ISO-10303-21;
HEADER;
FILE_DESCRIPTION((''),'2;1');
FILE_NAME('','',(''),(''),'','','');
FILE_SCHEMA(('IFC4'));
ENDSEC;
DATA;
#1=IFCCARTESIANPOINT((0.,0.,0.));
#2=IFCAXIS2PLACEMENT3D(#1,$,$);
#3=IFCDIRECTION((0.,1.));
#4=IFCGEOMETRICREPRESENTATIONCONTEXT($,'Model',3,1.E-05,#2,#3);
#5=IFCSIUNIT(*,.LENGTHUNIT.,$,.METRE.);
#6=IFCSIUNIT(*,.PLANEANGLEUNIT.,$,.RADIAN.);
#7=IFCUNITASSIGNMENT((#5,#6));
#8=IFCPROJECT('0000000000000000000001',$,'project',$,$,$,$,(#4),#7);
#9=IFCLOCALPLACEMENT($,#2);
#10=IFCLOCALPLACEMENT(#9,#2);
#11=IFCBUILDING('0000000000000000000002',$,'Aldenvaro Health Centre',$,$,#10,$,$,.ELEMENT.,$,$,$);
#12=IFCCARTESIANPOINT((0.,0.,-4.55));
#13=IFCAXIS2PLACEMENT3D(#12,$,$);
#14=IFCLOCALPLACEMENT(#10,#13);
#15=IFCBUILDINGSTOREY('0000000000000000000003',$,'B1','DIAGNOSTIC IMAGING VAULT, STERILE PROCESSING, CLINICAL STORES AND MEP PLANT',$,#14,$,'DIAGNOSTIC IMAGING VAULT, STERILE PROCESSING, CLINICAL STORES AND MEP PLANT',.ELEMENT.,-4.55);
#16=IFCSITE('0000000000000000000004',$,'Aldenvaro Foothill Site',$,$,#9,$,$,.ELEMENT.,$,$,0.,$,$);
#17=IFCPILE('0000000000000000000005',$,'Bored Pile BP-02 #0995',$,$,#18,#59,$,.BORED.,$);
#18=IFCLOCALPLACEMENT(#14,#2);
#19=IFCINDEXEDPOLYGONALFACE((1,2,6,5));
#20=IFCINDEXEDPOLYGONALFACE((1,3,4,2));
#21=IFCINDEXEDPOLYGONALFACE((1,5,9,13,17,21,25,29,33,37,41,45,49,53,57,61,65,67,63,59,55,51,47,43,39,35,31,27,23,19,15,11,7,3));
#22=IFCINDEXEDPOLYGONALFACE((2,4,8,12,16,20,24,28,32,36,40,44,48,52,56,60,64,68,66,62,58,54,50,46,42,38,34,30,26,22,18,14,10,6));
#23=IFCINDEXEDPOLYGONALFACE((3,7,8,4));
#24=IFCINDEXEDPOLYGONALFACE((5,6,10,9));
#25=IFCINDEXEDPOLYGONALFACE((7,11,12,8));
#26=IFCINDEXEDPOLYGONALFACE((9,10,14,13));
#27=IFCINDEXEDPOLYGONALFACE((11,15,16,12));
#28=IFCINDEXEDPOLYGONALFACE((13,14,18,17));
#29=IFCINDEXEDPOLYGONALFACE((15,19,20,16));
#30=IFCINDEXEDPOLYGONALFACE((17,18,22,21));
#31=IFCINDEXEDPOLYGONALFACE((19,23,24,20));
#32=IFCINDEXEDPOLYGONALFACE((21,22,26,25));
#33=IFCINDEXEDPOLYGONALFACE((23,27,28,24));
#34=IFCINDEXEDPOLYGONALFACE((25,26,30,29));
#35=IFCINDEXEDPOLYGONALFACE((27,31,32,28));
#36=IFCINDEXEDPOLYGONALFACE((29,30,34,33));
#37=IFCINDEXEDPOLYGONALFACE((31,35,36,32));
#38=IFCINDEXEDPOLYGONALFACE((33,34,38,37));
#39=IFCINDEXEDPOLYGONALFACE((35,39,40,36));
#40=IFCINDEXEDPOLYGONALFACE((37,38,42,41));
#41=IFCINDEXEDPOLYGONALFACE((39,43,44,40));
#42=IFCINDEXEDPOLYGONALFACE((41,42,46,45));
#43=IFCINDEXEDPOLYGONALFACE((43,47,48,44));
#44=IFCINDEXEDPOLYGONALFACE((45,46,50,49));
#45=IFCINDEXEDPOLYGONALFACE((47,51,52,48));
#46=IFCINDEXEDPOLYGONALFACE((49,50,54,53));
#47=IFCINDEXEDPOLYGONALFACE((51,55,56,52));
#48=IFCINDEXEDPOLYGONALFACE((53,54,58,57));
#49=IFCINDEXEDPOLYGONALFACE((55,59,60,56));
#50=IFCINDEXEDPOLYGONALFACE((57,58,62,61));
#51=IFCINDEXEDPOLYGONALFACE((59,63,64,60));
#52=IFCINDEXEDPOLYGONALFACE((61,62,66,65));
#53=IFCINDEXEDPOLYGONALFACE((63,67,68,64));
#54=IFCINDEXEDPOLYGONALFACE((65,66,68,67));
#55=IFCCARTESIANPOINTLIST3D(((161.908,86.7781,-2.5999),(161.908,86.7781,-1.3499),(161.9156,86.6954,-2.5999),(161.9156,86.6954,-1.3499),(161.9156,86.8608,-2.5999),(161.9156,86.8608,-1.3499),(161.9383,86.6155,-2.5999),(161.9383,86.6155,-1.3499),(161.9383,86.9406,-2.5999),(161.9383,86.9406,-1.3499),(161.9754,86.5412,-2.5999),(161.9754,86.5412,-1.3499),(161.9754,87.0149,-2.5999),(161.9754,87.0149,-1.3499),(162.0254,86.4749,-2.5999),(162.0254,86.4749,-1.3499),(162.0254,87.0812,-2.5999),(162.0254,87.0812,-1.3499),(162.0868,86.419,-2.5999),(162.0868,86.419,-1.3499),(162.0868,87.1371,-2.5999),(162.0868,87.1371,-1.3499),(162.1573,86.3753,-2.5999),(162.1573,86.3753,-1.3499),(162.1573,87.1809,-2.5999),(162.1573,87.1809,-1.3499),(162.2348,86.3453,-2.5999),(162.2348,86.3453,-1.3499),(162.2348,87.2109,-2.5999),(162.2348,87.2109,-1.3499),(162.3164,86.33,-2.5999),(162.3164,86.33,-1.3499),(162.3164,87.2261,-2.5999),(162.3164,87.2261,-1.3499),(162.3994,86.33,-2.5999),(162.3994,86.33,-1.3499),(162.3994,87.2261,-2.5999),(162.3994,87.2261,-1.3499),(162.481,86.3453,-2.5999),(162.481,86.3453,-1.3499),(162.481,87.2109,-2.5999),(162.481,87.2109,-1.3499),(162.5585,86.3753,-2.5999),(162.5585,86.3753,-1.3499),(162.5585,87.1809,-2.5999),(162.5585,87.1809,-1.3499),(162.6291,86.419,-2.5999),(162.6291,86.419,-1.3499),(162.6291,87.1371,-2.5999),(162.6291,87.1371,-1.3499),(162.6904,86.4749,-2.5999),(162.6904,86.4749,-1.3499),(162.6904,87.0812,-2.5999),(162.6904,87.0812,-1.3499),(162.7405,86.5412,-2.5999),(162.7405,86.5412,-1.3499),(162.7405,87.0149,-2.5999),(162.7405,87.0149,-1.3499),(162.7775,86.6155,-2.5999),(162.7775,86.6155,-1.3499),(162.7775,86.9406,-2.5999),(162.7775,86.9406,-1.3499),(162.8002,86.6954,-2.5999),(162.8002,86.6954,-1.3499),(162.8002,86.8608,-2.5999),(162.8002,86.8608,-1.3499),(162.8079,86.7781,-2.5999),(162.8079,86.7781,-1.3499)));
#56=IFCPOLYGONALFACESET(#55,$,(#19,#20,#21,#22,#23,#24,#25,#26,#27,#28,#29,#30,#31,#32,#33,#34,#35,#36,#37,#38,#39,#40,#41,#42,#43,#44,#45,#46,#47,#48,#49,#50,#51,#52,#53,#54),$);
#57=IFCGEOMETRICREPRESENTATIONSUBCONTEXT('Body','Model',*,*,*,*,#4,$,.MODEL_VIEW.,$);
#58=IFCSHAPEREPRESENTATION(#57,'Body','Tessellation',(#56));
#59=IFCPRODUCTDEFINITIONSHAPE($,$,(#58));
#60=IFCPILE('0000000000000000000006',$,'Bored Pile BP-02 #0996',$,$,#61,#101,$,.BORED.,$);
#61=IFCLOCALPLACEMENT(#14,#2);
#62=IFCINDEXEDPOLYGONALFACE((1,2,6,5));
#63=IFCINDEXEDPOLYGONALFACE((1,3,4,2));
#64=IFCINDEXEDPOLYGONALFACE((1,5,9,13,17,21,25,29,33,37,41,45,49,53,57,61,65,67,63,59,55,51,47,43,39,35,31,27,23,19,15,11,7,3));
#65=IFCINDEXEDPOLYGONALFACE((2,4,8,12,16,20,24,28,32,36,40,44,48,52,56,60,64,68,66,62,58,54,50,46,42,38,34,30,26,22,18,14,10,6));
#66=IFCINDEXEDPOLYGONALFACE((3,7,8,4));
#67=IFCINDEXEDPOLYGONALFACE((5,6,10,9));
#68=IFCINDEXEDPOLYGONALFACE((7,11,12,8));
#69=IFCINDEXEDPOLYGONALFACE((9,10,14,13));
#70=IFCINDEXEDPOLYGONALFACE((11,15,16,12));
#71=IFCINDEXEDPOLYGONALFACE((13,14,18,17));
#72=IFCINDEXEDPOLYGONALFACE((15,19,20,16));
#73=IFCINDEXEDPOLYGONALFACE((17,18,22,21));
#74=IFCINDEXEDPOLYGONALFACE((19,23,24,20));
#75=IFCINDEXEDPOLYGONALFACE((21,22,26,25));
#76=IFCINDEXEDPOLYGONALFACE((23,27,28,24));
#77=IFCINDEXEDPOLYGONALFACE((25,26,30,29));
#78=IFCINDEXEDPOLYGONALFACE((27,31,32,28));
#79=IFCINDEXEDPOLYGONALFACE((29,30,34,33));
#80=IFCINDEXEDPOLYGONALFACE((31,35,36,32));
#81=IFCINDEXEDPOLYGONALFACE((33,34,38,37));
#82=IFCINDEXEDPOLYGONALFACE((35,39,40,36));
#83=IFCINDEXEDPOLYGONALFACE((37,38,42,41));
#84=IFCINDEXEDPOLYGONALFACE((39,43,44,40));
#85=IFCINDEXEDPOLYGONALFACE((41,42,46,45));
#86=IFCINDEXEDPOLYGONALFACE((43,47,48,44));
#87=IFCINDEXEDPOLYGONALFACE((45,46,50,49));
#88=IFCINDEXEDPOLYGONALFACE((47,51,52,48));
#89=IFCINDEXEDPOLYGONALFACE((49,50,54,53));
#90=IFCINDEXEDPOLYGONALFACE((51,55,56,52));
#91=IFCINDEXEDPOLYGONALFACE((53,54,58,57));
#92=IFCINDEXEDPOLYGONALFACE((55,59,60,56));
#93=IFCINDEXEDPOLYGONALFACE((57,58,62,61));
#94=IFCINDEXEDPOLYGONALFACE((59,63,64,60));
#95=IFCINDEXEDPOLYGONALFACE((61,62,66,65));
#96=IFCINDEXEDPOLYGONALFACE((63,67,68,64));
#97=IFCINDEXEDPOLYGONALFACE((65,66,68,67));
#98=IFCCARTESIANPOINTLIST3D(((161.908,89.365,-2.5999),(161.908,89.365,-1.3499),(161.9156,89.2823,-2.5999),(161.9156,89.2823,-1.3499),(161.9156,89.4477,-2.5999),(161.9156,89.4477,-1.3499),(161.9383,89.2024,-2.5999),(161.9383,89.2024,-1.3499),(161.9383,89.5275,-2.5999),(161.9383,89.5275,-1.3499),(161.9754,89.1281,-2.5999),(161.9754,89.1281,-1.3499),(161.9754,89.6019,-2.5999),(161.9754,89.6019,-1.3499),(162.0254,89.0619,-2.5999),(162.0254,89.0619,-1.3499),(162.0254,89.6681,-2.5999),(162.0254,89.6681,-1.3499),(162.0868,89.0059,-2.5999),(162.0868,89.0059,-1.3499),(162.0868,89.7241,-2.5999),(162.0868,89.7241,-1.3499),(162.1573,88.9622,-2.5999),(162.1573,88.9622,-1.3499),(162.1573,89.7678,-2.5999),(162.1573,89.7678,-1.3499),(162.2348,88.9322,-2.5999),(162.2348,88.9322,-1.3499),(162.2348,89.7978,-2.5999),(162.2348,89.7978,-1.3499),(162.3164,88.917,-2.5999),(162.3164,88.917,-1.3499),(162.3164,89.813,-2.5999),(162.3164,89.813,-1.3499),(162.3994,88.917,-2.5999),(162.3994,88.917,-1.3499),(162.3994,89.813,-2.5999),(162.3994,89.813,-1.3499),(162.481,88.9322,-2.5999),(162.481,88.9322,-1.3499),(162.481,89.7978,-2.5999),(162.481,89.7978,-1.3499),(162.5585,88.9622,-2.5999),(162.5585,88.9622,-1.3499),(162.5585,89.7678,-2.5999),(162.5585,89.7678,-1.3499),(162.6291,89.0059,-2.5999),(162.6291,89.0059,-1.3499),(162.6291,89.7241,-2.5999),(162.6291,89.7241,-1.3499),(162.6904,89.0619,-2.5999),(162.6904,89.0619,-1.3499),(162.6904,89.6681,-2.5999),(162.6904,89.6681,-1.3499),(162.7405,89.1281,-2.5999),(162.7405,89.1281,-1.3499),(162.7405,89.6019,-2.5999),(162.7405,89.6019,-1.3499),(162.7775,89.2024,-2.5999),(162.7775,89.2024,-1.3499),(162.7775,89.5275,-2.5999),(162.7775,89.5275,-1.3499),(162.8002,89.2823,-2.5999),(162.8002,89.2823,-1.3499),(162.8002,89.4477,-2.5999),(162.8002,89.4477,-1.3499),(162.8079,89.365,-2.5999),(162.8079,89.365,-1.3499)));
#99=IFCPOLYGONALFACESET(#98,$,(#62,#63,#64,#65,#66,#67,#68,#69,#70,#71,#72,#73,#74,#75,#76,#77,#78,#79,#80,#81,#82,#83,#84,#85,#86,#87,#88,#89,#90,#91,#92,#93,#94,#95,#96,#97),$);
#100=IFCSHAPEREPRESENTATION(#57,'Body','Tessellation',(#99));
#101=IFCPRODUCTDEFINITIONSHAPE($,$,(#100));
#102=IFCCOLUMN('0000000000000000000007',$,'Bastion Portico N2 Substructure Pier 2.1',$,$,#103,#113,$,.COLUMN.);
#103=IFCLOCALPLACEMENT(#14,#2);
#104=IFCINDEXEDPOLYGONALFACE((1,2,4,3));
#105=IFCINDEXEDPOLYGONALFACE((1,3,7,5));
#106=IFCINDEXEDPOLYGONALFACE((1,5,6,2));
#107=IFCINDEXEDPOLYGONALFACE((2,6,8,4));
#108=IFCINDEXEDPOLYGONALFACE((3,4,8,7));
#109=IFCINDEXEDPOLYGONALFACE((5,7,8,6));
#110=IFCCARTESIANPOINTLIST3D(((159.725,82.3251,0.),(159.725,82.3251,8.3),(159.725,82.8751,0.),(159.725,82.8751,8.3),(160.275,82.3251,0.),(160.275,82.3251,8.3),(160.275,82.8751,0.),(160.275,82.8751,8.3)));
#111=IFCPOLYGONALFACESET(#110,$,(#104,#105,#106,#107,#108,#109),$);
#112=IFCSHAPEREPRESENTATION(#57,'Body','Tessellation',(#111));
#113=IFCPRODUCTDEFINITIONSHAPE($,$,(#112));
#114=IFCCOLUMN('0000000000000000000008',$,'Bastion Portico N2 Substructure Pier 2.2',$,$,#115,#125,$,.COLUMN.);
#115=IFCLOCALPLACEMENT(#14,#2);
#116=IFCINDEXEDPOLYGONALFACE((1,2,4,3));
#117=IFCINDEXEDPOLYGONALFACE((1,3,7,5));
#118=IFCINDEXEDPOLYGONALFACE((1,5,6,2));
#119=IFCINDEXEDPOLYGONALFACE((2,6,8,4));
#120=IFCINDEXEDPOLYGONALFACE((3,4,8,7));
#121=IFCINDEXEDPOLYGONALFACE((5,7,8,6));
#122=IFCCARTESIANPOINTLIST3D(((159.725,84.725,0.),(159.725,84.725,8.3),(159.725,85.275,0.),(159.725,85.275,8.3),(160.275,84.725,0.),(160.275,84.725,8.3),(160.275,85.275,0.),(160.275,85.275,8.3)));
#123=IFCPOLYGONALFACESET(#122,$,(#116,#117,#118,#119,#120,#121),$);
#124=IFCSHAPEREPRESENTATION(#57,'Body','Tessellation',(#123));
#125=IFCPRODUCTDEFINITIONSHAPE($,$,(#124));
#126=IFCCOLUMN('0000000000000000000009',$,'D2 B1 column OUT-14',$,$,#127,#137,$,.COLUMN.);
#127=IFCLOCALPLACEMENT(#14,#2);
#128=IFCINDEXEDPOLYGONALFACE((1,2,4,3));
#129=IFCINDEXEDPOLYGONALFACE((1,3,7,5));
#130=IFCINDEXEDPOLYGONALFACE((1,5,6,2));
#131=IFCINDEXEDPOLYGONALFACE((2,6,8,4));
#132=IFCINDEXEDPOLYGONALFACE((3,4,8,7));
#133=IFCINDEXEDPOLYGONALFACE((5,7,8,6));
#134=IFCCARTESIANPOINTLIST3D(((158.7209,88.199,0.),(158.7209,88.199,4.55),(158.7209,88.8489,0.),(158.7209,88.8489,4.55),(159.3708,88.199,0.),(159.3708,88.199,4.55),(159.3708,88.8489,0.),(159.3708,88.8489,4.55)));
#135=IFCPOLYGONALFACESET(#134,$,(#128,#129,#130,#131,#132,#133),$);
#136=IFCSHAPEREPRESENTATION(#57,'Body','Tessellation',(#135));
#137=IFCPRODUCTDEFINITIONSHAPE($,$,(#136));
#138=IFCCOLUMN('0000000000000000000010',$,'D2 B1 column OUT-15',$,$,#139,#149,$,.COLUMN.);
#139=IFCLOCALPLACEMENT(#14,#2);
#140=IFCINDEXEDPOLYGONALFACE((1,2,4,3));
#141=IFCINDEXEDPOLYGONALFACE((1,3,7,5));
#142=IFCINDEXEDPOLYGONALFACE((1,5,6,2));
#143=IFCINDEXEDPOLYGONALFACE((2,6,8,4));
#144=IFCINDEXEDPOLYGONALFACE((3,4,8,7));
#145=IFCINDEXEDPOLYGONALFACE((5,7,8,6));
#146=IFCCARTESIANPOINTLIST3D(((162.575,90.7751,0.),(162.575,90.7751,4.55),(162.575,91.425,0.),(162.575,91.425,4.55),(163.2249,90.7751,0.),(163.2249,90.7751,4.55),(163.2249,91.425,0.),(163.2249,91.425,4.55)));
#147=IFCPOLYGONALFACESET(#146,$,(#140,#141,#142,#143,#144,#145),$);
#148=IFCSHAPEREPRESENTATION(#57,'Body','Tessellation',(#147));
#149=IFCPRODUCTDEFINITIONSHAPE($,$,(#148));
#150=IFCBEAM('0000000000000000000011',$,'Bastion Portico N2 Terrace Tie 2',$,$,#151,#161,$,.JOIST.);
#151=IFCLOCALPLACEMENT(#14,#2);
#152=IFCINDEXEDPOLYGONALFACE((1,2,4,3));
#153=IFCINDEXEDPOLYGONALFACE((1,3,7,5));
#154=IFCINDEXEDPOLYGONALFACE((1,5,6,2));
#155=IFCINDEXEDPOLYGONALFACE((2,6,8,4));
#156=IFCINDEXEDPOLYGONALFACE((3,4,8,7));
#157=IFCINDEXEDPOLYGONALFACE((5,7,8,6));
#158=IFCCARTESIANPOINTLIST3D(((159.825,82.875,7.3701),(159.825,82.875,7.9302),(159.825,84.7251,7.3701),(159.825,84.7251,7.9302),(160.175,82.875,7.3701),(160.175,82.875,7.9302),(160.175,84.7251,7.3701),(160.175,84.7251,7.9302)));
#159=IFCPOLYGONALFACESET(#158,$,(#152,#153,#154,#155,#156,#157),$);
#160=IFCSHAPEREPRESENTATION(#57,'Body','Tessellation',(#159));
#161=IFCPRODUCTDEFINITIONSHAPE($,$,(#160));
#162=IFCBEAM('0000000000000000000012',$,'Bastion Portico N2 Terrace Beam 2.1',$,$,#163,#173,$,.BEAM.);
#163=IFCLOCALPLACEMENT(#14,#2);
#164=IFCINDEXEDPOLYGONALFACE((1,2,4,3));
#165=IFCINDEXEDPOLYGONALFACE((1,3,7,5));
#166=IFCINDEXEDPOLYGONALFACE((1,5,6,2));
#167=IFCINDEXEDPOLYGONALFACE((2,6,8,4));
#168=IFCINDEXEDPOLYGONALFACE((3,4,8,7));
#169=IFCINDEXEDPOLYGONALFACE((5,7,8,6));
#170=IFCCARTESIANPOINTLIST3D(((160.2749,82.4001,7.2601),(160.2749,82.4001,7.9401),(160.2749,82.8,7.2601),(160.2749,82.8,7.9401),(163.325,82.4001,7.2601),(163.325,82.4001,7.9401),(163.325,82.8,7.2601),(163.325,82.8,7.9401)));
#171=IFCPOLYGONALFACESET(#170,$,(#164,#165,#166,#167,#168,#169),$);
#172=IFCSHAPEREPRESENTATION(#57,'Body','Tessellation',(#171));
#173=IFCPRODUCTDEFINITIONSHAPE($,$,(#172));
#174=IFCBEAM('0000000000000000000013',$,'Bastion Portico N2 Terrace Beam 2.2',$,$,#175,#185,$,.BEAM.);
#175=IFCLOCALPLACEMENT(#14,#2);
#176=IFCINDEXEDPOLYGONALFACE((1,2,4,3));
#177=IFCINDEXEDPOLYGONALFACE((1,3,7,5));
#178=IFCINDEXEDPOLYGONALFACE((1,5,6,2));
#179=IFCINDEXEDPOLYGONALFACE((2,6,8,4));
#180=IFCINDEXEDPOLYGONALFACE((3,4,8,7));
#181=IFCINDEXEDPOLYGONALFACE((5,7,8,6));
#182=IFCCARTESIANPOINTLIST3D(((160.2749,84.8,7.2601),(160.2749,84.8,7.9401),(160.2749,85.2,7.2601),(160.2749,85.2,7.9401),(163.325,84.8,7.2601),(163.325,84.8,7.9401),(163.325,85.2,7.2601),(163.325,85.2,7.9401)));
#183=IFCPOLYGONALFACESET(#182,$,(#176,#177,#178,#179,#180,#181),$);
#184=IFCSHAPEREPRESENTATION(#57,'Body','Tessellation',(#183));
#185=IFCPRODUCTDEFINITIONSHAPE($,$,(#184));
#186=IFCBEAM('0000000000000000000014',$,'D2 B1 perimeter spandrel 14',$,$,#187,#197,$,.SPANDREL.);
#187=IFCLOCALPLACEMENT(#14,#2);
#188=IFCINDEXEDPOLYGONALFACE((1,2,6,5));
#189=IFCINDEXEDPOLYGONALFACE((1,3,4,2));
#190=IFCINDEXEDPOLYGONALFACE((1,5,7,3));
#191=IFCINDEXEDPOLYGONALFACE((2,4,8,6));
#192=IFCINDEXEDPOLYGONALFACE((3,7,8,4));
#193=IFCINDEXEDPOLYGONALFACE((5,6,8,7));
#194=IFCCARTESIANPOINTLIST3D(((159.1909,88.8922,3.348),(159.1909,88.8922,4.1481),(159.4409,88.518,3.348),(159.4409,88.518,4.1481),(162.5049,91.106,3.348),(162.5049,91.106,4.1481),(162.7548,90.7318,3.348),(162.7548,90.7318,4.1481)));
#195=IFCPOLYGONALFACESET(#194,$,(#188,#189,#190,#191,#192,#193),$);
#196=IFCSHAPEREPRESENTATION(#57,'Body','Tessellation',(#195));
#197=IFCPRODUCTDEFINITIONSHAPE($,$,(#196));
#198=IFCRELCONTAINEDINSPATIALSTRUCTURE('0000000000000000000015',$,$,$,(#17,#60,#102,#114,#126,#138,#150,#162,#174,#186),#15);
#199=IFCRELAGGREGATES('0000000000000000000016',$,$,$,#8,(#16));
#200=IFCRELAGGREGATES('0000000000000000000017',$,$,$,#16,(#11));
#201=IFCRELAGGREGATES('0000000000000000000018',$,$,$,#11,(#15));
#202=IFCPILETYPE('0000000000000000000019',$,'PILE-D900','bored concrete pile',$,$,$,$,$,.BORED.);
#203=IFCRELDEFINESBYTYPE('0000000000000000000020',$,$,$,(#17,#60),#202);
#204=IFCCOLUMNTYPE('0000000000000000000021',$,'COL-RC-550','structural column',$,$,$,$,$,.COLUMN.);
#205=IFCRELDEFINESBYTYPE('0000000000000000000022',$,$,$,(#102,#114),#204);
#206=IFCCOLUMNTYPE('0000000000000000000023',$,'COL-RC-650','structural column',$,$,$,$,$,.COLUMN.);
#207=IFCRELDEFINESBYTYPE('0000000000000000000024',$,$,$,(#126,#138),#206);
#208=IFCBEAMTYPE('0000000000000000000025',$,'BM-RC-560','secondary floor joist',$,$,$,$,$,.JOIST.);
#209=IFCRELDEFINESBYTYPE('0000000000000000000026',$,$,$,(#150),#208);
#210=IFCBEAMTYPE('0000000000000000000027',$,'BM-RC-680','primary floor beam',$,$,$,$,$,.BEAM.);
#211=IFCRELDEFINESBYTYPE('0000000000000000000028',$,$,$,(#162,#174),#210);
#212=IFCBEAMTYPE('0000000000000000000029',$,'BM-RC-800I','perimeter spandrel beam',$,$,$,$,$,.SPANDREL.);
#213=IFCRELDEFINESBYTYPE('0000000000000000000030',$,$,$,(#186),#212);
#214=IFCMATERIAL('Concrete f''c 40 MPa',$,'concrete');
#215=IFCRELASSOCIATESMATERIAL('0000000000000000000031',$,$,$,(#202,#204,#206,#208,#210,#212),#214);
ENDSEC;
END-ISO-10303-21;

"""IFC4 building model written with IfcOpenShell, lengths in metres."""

from ifc_helpers import new_model, si_unit, direction, frame, origin, origin_2d, place, context, subcontext, project, spatial, rectangle, circle, extrude, material, material_profile, profile_set, type_object, element, save


model = new_model("IFC4")

# Units and contexts
model_context = context("Model", 3, precision=1e-05, world=origin(), true_north=direction((0.0, 1.0)))
body_context = subcontext(model_context, "Body", "Model", "MODEL_VIEW")
ifc_project = project(units=[si_unit("LENGTHUNIT", "METRE"), si_unit("PLANEANGLEUNIT", "RADIAN")], contexts=[model_context])

# Site, building, storey
site_placement = place(None, origin())
site = spatial("IfcSite", under=ifc_project, at=site_placement, Name="Aldenvaro Foothill Site", CompositionType="ELEMENT", RefElevation=0.0)
building_placement = place(site_placement, origin())
building = spatial("IfcBuilding", under=site, at=building_placement, Name="Aldenvaro Health Centre", CompositionType="ELEMENT")
storey_placement = place(building_placement, frame((0.0, 0.0, -4.55)))
storey = spatial("IfcBuildingStorey", under=building, at=storey_placement, Name="B1", Description="DIAGNOSTIC IMAGING VAULT, STERILE PROCESSING, CLINICAL STORES AND MEP PLANT", LongName="DIAGNOSTIC IMAGING VAULT, STERILE PROCESSING, CLINICAL STORES AND MEP PLANT", CompositionType="ELEMENT", Elevation=-4.55)

# Piles
ifc_material_1 = material(Name="Concrete f'c 40 MPa", Category="concrete")
ifc_material_profile_1 = material_profile(ifc_material_1, circle(Radius=0.45, at=origin_2d()), Name="PILE D900", Category="concrete")
ifc_profile_set_1 = profile_set([ifc_material_profile_1], Name="Concrete f'c 40 MPa")
pile_type = type_object("IfcPileType", Name="PILE-D900", Description="bored concrete pile", PredefinedType="BORED", material=ifc_profile_set_1)
for number, where, z_axis, x_axis, name in (
    (1, (162.3579, 86.7781, -1.3499), (0.0, 0.0, -1.0), (1.0, 0.0, 0.0), "Bored Pile BP-02 #0995"),
    (2, (162.3579, 89.365, -1.3499), (0.0, 0.0, -1.0), (1.0, 0.0, 0.0), "Bored Pile BP-02 #0996"),
):
    element("IfcPile", number, at=place(storey_placement, frame(where, z_axis=z_axis, x_axis=x_axis)), inside=storey, type_object=pile_type, Name=name, PredefinedType="BORED", context=body_context, shape_type="SweptSolid", body=[
        extrude(circle(Radius=0.45, at=origin_2d()), origin(), (0.0, 0.0, 1.0), 1.25),
    ])

# Columns
ifc_material_profile_2 = material_profile(ifc_material_1, rectangle(XDim=0.55, YDim=0.55, at=origin_2d()), Name="RC 550x550", Category="concrete")
ifc_profile_set_2 = profile_set([ifc_material_profile_2], Name="Concrete f'c 40 MPa")
column_type_1 = type_object("IfcColumnType", Name="COL-RC-550", Description="structural column", PredefinedType="COLUMN", material=ifc_profile_set_2)
for number, where, z_axis, x_axis, name in (
    (3, (160.0, 82.6001, 0.0), (0.0, 0.0, 1.0), (1.0, 0.0, 0.0), "Bastion Portico N2 Substructure Pier 2.1"),
    (4, (160.0, 85.0, 0.0), (0.0, 0.0, 1.0), (1.0, 0.0, 0.0), "Bastion Portico N2 Substructure Pier 2.2"),
):
    element("IfcColumn", number, at=place(storey_placement, frame(where, z_axis=z_axis, x_axis=x_axis)), inside=storey, type_object=column_type_1, Name=name, PredefinedType="COLUMN", context=body_context, shape_type="SweptSolid", body=[
        extrude(rectangle(XDim=0.55, YDim=0.55, at=origin_2d()), origin(), (0.0, 0.0, 1.0), 8.3),
    ])
ifc_material_profile_3 = material_profile(ifc_material_1, rectangle(XDim=0.6499, YDim=0.6499, at=origin_2d()), Name="RC 650x650", Category="concrete")
ifc_profile_set_3 = profile_set([ifc_material_profile_3], Name="Concrete f'c 40 MPa")
column_type_2 = type_object("IfcColumnType", Name="COL-RC-650", Description="structural column", PredefinedType="COLUMN", material=ifc_profile_set_3)
for number, where, z_axis, x_axis, name in (
    (5, (159.0459, 88.5239, 0.0), (0.0, 0.0, 1.0), (1.0, 0.0, 0.0), "D2 B1 column OUT-14"),
    (6, (162.8999, 91.1001, 0.0), (0.0, 0.0, 1.0), (1.0, 0.0, 0.0), "D2 B1 column OUT-15"),
):
    element("IfcColumn", number, at=place(storey_placement, frame(where, z_axis=z_axis, x_axis=x_axis)), inside=storey, type_object=column_type_2, Name=name, PredefinedType="COLUMN", context=body_context, shape_type="SweptSolid", body=[
        extrude(rectangle(XDim=0.6499, YDim=0.6499, at=origin_2d()), origin(), (0.0, 0.0, 1.0), 4.55),
    ])

# Beams
ifc_material_profile_4 = material_profile(ifc_material_1, rectangle(XDim=0.3501, YDim=0.5601, at=origin_2d()), Name="RC 350x560", Category="concrete")
ifc_profile_set_4 = profile_set([ifc_material_profile_4], Name="Concrete f'c 40 MPa")
beam_type_1 = type_object("IfcBeamType", Name="BM-RC-560", Description="secondary floor joist", PredefinedType="JOIST", material=ifc_profile_set_4)
beam_placement = place(storey_placement, frame((160.0, 82.875, 7.6501), z_axis=(0.0, 1.0, 0.0), x_axis=(-1.0, 0.0, 0.0)))
element("IfcBeam", 7, at=beam_placement, inside=storey, type_object=beam_type_1, Name="Bastion Portico N2 Terrace Tie 2", PredefinedType="JOIST", context=body_context, shape_type="SweptSolid", body=[
    extrude(rectangle(XDim=0.3501, YDim=0.5601, at=origin_2d()), origin(), (0.0, 0.0, 1.0), 1.8501),
])
ifc_material_profile_5 = material_profile(ifc_material_1, rectangle(XDim=0.3999, YDim=0.6799, at=origin_2d()), Name="RC 400x680", Category="concrete")
ifc_profile_set_5 = profile_set([ifc_material_profile_5], Name="Concrete f'c 40 MPa")
beam_type_2 = type_object("IfcBeamType", Name="BM-RC-680", Description="primary floor beam", PredefinedType="BEAM", material=ifc_profile_set_5)
for number, where, z_axis, x_axis, name in (
    (8, (160.2749, 82.6001, 7.6001), (1.0, 0.0, 0.0), (0.0, 1.0, 0.0), "Bastion Portico N2 Terrace Beam 2.1"),
    (9, (160.2749, 85.0, 7.6001), (1.0, 0.0, 0.0), (0.0, 1.0, 0.0), "Bastion Portico N2 Terrace Beam 2.2"),
):
    element("IfcBeam", number, at=place(storey_placement, frame(where, z_axis=z_axis, x_axis=x_axis)), inside=storey, type_object=beam_type_2, Name=name, PredefinedType="BEAM", context=body_context, shape_type="SweptSolid", body=[
        extrude(rectangle(XDim=0.3999, YDim=0.6799, at=origin_2d()), origin(), (0.0, 0.0, 1.0), 3.05),
    ])
ifc_material_profile_6 = material_profile(ifc_material_1, rectangle(XDim=0.45, YDim=0.8, at=origin_2d()), Name="RC 450x800", Category="concrete")
ifc_profile_set_6 = profile_set([ifc_material_profile_6], Name="Concrete f'c 40 MPa")
beam_type_3 = type_object("IfcBeamType", Name="BM-RC-800I", Description="perimeter spandrel beam", PredefinedType="SPANDREL", material=ifc_profile_set_6)
for number, where, z_axis, x_axis, name in (
    (10, (159.3159, 88.7051, 3.748), (0.831522, 0.555492, 0.0), (-0.555492, 0.831522, 0.0), "D2 B1 perimeter spandrel 14"),
):
    element("IfcBeam", number, at=place(storey_placement, frame(where, z_axis=z_axis, x_axis=x_axis)), inside=storey, type_object=beam_type_3, Name=name, PredefinedType="SPANDREL", context=body_context, shape_type="SweptSolid", body=[
        extrude(rectangle(XDim=0.45, YDim=0.8, at=origin_2d()), origin(), (0.0, 0.0, 1.0), 3.9854),
    ])

save(model, "model.ifc")
